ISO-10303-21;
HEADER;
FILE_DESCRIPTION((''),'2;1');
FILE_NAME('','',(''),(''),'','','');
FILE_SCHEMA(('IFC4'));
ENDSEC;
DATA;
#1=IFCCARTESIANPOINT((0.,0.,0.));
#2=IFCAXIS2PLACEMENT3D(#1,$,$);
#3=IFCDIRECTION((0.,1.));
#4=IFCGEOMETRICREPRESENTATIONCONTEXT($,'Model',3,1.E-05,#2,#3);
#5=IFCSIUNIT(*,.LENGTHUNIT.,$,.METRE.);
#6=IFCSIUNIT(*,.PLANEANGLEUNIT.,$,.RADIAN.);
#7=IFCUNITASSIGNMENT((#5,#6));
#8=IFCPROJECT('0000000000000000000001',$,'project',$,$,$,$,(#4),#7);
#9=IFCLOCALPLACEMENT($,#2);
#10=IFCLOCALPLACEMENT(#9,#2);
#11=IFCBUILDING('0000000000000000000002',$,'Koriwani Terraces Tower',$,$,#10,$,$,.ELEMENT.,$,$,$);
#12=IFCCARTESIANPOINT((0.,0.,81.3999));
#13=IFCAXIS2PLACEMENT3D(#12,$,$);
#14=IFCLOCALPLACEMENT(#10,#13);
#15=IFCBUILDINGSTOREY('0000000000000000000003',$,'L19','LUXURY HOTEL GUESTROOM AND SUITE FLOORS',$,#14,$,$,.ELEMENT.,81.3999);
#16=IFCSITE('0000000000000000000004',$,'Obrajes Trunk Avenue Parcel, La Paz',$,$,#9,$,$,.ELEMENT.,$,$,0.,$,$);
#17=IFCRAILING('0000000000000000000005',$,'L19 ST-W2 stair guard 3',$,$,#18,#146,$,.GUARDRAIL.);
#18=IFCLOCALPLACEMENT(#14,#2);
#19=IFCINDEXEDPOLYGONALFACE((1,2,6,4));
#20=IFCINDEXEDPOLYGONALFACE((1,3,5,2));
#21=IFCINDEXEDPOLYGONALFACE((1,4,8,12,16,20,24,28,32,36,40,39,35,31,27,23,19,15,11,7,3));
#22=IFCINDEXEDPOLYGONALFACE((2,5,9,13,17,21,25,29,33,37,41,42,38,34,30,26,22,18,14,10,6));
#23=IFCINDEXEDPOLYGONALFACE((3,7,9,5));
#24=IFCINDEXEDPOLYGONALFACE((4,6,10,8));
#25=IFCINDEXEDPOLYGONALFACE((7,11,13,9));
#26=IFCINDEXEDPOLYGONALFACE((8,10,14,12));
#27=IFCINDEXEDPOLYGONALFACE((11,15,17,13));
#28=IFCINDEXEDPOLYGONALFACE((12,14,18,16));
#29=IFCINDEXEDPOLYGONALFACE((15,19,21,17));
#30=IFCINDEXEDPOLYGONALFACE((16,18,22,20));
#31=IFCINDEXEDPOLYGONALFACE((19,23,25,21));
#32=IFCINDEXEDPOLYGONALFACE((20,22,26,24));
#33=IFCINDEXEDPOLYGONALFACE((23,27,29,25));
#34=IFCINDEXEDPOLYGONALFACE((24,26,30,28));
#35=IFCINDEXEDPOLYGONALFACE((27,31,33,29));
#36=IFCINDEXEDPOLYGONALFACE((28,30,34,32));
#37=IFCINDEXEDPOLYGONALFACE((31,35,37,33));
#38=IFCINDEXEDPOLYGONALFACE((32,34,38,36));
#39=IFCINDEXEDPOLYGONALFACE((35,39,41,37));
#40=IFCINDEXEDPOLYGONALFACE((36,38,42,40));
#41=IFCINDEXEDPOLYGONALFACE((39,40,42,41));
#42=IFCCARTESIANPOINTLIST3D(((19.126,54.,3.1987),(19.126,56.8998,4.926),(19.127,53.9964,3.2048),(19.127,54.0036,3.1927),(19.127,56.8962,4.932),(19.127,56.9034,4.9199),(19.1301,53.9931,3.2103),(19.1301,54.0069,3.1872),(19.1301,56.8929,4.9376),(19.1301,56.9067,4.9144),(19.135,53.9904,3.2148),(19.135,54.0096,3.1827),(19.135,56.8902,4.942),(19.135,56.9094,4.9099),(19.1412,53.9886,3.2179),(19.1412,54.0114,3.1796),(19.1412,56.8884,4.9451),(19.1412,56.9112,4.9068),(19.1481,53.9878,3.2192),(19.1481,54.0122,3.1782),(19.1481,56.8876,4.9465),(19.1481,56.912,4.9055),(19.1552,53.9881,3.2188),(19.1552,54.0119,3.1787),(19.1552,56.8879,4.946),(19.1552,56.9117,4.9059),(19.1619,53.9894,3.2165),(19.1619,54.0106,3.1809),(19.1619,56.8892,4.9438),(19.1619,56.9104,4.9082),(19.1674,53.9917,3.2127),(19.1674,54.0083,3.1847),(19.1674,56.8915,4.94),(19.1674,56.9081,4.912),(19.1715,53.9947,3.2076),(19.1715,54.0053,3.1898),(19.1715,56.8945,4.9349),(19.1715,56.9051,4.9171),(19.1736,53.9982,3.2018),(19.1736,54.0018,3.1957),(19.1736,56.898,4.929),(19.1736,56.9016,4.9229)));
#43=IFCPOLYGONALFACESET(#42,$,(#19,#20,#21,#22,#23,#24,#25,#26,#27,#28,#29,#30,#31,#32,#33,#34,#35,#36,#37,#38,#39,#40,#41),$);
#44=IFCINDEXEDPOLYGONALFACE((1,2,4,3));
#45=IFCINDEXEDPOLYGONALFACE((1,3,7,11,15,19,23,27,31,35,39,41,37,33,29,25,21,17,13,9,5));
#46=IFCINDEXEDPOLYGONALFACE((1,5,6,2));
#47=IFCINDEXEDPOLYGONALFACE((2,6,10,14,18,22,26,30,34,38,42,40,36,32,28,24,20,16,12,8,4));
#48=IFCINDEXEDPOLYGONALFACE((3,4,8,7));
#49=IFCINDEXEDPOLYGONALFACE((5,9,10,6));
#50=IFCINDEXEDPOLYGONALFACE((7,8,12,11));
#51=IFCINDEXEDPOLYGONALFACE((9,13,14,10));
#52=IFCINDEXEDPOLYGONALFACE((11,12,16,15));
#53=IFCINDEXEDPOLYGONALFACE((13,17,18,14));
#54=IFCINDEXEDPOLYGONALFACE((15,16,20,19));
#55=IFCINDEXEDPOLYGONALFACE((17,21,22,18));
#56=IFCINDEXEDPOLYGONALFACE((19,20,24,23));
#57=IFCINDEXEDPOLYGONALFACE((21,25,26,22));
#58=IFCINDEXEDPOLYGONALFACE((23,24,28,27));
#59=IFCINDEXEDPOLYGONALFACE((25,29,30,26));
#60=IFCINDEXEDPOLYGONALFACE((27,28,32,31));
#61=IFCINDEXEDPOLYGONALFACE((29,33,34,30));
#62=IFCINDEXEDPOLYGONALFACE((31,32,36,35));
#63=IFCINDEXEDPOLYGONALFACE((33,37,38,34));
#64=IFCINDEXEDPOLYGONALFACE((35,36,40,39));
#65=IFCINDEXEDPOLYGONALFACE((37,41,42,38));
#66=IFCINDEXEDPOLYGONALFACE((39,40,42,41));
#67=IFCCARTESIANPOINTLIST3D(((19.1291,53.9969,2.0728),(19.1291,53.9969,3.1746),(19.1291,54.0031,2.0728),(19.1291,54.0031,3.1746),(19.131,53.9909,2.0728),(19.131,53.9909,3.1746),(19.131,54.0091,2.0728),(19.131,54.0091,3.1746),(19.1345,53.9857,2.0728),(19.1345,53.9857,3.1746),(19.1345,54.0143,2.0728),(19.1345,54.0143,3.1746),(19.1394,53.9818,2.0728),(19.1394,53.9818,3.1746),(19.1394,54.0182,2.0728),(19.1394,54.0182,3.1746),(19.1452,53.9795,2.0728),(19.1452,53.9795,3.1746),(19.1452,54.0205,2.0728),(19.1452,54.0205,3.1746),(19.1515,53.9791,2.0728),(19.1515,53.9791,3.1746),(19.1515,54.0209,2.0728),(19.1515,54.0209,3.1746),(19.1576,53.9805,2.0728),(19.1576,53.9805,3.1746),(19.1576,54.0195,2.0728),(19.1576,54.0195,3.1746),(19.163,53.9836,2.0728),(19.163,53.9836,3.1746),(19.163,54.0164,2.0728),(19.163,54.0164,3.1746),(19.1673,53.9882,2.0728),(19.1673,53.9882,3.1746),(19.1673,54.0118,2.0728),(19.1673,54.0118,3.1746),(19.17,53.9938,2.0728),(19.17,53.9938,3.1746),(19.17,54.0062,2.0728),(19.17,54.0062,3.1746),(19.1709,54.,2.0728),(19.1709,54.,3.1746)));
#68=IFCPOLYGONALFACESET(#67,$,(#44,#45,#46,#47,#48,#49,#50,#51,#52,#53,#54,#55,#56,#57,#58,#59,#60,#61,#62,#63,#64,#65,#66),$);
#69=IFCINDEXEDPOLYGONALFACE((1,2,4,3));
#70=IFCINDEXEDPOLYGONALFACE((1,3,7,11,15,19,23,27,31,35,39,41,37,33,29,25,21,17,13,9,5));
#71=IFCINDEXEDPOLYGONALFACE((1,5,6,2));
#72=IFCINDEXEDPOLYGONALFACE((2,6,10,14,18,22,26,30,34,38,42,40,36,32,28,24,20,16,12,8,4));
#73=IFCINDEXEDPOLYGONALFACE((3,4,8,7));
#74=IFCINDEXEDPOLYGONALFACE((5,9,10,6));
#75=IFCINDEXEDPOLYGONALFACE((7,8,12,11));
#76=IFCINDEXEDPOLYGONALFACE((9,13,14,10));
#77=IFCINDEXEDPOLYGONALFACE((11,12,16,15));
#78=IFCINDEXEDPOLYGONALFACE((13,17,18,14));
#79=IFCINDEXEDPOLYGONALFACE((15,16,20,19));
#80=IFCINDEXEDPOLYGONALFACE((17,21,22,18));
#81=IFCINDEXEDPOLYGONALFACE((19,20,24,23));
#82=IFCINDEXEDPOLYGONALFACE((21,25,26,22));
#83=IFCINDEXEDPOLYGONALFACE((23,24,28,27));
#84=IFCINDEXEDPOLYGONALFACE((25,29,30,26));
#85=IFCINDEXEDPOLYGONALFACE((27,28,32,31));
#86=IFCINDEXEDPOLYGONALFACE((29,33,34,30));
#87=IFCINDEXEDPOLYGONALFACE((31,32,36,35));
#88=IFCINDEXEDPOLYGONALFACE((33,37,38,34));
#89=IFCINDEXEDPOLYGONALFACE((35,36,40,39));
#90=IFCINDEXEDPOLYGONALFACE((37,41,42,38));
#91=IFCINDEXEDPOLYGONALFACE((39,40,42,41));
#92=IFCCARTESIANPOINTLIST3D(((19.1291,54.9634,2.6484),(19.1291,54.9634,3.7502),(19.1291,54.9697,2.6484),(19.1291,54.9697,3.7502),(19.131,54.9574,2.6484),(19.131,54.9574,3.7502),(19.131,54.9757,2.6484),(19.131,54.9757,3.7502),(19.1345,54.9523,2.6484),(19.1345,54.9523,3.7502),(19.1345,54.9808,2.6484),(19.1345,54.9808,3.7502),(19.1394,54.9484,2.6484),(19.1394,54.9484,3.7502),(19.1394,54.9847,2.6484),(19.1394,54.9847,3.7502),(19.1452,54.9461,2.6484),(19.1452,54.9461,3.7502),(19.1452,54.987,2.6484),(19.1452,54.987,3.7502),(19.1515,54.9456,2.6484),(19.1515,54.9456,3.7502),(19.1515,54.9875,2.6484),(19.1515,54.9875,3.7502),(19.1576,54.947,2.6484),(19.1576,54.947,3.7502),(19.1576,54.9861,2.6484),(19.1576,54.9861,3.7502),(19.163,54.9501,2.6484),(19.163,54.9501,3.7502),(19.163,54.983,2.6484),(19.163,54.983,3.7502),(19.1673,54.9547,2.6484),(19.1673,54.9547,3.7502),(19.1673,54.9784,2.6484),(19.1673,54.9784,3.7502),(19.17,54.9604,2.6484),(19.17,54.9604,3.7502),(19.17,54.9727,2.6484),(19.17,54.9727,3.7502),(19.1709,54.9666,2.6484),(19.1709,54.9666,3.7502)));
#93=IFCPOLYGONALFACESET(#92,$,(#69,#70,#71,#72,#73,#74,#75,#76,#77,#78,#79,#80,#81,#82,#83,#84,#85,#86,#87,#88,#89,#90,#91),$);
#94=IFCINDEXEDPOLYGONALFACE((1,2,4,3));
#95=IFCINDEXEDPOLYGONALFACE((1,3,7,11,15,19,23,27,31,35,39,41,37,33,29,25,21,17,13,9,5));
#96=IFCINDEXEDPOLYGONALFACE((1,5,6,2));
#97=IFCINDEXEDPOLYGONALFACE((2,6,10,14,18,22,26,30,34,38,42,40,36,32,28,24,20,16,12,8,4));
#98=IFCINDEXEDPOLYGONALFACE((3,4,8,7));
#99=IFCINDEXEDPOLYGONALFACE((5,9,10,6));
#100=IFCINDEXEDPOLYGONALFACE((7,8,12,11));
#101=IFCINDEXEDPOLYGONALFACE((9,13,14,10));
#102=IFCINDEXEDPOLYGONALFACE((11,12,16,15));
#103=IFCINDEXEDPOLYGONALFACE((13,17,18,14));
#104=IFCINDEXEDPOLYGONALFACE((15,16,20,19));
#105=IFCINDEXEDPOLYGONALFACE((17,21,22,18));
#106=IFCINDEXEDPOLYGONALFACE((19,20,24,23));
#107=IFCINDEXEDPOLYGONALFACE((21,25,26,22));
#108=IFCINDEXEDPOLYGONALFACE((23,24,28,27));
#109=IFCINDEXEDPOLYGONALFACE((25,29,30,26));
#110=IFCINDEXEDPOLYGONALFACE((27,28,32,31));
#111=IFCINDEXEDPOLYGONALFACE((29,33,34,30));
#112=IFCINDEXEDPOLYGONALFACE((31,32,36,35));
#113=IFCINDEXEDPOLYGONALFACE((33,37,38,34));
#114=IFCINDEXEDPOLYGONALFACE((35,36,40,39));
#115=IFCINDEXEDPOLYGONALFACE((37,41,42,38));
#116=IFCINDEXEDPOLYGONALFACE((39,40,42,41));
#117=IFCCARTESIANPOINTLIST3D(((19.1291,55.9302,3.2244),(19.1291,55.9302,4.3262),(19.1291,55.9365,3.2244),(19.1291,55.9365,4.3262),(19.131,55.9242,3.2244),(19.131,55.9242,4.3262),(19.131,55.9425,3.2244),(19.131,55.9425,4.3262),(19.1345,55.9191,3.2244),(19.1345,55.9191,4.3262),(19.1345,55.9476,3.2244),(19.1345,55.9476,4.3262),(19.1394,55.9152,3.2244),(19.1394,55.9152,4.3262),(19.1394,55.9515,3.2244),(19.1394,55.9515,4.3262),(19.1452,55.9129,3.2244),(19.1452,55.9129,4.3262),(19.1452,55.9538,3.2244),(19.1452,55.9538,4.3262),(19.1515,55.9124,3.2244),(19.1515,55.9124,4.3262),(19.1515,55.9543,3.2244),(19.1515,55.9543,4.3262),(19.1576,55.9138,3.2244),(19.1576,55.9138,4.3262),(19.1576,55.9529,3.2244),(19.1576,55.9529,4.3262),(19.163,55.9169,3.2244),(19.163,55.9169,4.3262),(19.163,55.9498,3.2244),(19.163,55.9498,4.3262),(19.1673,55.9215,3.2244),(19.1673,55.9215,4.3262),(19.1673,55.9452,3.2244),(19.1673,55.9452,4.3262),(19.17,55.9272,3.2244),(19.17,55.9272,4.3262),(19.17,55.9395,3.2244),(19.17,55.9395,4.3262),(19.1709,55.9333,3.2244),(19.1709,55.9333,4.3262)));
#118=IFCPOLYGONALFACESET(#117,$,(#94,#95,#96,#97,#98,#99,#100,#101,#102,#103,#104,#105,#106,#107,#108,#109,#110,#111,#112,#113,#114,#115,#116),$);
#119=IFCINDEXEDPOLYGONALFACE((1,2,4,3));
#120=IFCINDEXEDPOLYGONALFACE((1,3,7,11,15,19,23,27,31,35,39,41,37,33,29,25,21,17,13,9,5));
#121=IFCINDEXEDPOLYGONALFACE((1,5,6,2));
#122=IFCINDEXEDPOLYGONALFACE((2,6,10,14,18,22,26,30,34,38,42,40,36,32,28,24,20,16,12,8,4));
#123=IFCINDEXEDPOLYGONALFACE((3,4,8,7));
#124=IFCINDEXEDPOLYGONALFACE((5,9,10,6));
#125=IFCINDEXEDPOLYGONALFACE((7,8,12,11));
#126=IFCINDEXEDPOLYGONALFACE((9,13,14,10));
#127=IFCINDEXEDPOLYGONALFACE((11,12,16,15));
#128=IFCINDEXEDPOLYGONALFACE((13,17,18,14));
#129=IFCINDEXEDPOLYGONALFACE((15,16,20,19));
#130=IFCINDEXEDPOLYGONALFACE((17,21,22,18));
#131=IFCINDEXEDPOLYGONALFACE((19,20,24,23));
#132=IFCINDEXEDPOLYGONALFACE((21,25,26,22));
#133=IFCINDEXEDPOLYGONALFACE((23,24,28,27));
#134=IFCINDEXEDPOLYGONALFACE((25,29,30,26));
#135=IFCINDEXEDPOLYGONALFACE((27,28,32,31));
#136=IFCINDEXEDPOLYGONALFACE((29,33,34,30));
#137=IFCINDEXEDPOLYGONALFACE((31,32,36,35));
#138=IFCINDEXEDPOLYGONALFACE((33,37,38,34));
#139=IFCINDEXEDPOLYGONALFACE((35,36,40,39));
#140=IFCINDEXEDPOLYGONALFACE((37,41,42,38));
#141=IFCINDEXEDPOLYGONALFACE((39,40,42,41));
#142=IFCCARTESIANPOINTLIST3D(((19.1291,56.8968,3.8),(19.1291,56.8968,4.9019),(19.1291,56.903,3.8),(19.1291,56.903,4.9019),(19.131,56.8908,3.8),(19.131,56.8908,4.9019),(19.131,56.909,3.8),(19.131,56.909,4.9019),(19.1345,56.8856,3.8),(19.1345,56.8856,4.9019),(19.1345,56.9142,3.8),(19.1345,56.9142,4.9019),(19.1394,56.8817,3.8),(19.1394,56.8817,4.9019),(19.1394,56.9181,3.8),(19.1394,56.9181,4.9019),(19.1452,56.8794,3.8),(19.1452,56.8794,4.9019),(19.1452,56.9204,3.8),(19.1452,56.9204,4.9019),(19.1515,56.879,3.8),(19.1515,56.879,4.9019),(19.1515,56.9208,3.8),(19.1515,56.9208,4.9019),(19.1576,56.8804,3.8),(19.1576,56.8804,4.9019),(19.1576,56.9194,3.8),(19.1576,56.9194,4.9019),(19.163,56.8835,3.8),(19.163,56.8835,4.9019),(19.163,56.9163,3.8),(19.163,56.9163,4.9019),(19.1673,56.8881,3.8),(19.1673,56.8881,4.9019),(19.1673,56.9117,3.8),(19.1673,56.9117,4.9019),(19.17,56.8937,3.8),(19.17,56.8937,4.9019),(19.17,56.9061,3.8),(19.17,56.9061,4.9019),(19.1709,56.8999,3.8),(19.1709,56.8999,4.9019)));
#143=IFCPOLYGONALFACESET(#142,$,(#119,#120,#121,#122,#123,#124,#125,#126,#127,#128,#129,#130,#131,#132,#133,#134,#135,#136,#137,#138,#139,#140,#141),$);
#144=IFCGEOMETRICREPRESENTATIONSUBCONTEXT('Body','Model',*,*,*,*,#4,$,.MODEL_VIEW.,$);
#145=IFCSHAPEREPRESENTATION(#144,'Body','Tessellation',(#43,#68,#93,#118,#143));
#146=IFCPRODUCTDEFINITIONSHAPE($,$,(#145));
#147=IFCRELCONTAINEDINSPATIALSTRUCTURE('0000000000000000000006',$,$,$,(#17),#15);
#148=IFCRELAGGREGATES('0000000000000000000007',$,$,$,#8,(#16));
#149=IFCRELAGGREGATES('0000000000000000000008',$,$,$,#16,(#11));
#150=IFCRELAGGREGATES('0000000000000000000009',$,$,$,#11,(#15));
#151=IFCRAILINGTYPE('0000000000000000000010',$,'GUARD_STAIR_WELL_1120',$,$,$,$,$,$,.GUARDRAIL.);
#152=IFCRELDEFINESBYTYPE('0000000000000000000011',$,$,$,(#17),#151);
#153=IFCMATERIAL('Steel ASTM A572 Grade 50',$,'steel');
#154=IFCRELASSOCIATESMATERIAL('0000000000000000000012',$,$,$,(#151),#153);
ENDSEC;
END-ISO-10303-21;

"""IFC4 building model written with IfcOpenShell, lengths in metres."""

from ifc_helpers import new_model, si_unit, direction, frame, origin, origin_2d, place, context, subcontext, project, spatial, circle, extrude, material, type_object, element, save


model = new_model("IFC4")

# Units and contexts
model_context = context("Model", 3, precision=1e-05, world=origin(), true_north=direction((0.0, 1.0)))
body_context = subcontext(model_context, "Body", "Model", "MODEL_VIEW")
ifc_project = project(units=[si_unit("LENGTHUNIT", "METRE"), si_unit("PLANEANGLEUNIT", "RADIAN")], contexts=[model_context])

# Site, building, storey
site_placement = place(None, origin())
site = spatial("IfcSite", under=ifc_project, at=site_placement, Name="Obrajes Trunk Avenue Parcel, La Paz", CompositionType="ELEMENT", RefElevation=0.0)
building_placement = place(site_placement, origin())
building = spatial("IfcBuilding", under=site, at=building_placement, Name="Koriwani Terraces Tower", CompositionType="ELEMENT")
storey_placement = place(building_placement, frame((0.0, 0.0, 81.3999)))
storey = spatial("IfcBuildingStorey", under=building, at=storey_placement, Name="L19", Description="LUXURY HOTEL GUESTROOM AND SUITE FLOORS", CompositionType="ELEMENT", Elevation=81.3999)

# Shared definitions
ifc_material_1 = material(Name="Steel ASTM A572 Grade 50", Category="steel")

# Railing
railing_type_1 = type_object("IfcRailingType", Name="GUARD_STAIR_WELL_1120", PredefinedType="GUARDRAIL", material=ifc_material_1)
railing_1_placement = place(storey_placement, frame((19.1499, 54.0, 2.0728)))
element("IfcRailing", 1, at=railing_1_placement, inside=storey, type_object=railing_type_1, Name="L19 ST-W2 stair guard 3", PredefinedType="GUARDRAIL", context=body_context, shape_type="SweptSolid", body=[
    extrude(circle(Radius=0.0239, at=origin_2d()), frame((0.0, 0.0, 1.126), z_axis=(0.0, 0.859141, 0.511738), x_axis=(-1.0, 0.0, 0.0)), (0.0, 0.0, 1.0), 3.3752),
    extrude(circle(Radius=0.021, at=origin_2d()), origin(), (0.0, 0.0, 1.0), 1.1018),
    extrude(circle(Radius=0.021, at=origin_2d()), frame((0.0, 0.9666, 0.5757)), (0.0, 0.0, 1.0), 1.1018),
    extrude(circle(Radius=0.021, at=origin_2d()), frame((0.0, 1.9333, 1.1516)), (0.0, 0.0, 1.0), 1.1018),
    extrude(circle(Radius=0.021, at=origin_2d()), frame((0.0, 2.8999, 1.7273)), (0.0, 0.0, 1.0), 1.1018),
])

save(model, "model.ifc")
